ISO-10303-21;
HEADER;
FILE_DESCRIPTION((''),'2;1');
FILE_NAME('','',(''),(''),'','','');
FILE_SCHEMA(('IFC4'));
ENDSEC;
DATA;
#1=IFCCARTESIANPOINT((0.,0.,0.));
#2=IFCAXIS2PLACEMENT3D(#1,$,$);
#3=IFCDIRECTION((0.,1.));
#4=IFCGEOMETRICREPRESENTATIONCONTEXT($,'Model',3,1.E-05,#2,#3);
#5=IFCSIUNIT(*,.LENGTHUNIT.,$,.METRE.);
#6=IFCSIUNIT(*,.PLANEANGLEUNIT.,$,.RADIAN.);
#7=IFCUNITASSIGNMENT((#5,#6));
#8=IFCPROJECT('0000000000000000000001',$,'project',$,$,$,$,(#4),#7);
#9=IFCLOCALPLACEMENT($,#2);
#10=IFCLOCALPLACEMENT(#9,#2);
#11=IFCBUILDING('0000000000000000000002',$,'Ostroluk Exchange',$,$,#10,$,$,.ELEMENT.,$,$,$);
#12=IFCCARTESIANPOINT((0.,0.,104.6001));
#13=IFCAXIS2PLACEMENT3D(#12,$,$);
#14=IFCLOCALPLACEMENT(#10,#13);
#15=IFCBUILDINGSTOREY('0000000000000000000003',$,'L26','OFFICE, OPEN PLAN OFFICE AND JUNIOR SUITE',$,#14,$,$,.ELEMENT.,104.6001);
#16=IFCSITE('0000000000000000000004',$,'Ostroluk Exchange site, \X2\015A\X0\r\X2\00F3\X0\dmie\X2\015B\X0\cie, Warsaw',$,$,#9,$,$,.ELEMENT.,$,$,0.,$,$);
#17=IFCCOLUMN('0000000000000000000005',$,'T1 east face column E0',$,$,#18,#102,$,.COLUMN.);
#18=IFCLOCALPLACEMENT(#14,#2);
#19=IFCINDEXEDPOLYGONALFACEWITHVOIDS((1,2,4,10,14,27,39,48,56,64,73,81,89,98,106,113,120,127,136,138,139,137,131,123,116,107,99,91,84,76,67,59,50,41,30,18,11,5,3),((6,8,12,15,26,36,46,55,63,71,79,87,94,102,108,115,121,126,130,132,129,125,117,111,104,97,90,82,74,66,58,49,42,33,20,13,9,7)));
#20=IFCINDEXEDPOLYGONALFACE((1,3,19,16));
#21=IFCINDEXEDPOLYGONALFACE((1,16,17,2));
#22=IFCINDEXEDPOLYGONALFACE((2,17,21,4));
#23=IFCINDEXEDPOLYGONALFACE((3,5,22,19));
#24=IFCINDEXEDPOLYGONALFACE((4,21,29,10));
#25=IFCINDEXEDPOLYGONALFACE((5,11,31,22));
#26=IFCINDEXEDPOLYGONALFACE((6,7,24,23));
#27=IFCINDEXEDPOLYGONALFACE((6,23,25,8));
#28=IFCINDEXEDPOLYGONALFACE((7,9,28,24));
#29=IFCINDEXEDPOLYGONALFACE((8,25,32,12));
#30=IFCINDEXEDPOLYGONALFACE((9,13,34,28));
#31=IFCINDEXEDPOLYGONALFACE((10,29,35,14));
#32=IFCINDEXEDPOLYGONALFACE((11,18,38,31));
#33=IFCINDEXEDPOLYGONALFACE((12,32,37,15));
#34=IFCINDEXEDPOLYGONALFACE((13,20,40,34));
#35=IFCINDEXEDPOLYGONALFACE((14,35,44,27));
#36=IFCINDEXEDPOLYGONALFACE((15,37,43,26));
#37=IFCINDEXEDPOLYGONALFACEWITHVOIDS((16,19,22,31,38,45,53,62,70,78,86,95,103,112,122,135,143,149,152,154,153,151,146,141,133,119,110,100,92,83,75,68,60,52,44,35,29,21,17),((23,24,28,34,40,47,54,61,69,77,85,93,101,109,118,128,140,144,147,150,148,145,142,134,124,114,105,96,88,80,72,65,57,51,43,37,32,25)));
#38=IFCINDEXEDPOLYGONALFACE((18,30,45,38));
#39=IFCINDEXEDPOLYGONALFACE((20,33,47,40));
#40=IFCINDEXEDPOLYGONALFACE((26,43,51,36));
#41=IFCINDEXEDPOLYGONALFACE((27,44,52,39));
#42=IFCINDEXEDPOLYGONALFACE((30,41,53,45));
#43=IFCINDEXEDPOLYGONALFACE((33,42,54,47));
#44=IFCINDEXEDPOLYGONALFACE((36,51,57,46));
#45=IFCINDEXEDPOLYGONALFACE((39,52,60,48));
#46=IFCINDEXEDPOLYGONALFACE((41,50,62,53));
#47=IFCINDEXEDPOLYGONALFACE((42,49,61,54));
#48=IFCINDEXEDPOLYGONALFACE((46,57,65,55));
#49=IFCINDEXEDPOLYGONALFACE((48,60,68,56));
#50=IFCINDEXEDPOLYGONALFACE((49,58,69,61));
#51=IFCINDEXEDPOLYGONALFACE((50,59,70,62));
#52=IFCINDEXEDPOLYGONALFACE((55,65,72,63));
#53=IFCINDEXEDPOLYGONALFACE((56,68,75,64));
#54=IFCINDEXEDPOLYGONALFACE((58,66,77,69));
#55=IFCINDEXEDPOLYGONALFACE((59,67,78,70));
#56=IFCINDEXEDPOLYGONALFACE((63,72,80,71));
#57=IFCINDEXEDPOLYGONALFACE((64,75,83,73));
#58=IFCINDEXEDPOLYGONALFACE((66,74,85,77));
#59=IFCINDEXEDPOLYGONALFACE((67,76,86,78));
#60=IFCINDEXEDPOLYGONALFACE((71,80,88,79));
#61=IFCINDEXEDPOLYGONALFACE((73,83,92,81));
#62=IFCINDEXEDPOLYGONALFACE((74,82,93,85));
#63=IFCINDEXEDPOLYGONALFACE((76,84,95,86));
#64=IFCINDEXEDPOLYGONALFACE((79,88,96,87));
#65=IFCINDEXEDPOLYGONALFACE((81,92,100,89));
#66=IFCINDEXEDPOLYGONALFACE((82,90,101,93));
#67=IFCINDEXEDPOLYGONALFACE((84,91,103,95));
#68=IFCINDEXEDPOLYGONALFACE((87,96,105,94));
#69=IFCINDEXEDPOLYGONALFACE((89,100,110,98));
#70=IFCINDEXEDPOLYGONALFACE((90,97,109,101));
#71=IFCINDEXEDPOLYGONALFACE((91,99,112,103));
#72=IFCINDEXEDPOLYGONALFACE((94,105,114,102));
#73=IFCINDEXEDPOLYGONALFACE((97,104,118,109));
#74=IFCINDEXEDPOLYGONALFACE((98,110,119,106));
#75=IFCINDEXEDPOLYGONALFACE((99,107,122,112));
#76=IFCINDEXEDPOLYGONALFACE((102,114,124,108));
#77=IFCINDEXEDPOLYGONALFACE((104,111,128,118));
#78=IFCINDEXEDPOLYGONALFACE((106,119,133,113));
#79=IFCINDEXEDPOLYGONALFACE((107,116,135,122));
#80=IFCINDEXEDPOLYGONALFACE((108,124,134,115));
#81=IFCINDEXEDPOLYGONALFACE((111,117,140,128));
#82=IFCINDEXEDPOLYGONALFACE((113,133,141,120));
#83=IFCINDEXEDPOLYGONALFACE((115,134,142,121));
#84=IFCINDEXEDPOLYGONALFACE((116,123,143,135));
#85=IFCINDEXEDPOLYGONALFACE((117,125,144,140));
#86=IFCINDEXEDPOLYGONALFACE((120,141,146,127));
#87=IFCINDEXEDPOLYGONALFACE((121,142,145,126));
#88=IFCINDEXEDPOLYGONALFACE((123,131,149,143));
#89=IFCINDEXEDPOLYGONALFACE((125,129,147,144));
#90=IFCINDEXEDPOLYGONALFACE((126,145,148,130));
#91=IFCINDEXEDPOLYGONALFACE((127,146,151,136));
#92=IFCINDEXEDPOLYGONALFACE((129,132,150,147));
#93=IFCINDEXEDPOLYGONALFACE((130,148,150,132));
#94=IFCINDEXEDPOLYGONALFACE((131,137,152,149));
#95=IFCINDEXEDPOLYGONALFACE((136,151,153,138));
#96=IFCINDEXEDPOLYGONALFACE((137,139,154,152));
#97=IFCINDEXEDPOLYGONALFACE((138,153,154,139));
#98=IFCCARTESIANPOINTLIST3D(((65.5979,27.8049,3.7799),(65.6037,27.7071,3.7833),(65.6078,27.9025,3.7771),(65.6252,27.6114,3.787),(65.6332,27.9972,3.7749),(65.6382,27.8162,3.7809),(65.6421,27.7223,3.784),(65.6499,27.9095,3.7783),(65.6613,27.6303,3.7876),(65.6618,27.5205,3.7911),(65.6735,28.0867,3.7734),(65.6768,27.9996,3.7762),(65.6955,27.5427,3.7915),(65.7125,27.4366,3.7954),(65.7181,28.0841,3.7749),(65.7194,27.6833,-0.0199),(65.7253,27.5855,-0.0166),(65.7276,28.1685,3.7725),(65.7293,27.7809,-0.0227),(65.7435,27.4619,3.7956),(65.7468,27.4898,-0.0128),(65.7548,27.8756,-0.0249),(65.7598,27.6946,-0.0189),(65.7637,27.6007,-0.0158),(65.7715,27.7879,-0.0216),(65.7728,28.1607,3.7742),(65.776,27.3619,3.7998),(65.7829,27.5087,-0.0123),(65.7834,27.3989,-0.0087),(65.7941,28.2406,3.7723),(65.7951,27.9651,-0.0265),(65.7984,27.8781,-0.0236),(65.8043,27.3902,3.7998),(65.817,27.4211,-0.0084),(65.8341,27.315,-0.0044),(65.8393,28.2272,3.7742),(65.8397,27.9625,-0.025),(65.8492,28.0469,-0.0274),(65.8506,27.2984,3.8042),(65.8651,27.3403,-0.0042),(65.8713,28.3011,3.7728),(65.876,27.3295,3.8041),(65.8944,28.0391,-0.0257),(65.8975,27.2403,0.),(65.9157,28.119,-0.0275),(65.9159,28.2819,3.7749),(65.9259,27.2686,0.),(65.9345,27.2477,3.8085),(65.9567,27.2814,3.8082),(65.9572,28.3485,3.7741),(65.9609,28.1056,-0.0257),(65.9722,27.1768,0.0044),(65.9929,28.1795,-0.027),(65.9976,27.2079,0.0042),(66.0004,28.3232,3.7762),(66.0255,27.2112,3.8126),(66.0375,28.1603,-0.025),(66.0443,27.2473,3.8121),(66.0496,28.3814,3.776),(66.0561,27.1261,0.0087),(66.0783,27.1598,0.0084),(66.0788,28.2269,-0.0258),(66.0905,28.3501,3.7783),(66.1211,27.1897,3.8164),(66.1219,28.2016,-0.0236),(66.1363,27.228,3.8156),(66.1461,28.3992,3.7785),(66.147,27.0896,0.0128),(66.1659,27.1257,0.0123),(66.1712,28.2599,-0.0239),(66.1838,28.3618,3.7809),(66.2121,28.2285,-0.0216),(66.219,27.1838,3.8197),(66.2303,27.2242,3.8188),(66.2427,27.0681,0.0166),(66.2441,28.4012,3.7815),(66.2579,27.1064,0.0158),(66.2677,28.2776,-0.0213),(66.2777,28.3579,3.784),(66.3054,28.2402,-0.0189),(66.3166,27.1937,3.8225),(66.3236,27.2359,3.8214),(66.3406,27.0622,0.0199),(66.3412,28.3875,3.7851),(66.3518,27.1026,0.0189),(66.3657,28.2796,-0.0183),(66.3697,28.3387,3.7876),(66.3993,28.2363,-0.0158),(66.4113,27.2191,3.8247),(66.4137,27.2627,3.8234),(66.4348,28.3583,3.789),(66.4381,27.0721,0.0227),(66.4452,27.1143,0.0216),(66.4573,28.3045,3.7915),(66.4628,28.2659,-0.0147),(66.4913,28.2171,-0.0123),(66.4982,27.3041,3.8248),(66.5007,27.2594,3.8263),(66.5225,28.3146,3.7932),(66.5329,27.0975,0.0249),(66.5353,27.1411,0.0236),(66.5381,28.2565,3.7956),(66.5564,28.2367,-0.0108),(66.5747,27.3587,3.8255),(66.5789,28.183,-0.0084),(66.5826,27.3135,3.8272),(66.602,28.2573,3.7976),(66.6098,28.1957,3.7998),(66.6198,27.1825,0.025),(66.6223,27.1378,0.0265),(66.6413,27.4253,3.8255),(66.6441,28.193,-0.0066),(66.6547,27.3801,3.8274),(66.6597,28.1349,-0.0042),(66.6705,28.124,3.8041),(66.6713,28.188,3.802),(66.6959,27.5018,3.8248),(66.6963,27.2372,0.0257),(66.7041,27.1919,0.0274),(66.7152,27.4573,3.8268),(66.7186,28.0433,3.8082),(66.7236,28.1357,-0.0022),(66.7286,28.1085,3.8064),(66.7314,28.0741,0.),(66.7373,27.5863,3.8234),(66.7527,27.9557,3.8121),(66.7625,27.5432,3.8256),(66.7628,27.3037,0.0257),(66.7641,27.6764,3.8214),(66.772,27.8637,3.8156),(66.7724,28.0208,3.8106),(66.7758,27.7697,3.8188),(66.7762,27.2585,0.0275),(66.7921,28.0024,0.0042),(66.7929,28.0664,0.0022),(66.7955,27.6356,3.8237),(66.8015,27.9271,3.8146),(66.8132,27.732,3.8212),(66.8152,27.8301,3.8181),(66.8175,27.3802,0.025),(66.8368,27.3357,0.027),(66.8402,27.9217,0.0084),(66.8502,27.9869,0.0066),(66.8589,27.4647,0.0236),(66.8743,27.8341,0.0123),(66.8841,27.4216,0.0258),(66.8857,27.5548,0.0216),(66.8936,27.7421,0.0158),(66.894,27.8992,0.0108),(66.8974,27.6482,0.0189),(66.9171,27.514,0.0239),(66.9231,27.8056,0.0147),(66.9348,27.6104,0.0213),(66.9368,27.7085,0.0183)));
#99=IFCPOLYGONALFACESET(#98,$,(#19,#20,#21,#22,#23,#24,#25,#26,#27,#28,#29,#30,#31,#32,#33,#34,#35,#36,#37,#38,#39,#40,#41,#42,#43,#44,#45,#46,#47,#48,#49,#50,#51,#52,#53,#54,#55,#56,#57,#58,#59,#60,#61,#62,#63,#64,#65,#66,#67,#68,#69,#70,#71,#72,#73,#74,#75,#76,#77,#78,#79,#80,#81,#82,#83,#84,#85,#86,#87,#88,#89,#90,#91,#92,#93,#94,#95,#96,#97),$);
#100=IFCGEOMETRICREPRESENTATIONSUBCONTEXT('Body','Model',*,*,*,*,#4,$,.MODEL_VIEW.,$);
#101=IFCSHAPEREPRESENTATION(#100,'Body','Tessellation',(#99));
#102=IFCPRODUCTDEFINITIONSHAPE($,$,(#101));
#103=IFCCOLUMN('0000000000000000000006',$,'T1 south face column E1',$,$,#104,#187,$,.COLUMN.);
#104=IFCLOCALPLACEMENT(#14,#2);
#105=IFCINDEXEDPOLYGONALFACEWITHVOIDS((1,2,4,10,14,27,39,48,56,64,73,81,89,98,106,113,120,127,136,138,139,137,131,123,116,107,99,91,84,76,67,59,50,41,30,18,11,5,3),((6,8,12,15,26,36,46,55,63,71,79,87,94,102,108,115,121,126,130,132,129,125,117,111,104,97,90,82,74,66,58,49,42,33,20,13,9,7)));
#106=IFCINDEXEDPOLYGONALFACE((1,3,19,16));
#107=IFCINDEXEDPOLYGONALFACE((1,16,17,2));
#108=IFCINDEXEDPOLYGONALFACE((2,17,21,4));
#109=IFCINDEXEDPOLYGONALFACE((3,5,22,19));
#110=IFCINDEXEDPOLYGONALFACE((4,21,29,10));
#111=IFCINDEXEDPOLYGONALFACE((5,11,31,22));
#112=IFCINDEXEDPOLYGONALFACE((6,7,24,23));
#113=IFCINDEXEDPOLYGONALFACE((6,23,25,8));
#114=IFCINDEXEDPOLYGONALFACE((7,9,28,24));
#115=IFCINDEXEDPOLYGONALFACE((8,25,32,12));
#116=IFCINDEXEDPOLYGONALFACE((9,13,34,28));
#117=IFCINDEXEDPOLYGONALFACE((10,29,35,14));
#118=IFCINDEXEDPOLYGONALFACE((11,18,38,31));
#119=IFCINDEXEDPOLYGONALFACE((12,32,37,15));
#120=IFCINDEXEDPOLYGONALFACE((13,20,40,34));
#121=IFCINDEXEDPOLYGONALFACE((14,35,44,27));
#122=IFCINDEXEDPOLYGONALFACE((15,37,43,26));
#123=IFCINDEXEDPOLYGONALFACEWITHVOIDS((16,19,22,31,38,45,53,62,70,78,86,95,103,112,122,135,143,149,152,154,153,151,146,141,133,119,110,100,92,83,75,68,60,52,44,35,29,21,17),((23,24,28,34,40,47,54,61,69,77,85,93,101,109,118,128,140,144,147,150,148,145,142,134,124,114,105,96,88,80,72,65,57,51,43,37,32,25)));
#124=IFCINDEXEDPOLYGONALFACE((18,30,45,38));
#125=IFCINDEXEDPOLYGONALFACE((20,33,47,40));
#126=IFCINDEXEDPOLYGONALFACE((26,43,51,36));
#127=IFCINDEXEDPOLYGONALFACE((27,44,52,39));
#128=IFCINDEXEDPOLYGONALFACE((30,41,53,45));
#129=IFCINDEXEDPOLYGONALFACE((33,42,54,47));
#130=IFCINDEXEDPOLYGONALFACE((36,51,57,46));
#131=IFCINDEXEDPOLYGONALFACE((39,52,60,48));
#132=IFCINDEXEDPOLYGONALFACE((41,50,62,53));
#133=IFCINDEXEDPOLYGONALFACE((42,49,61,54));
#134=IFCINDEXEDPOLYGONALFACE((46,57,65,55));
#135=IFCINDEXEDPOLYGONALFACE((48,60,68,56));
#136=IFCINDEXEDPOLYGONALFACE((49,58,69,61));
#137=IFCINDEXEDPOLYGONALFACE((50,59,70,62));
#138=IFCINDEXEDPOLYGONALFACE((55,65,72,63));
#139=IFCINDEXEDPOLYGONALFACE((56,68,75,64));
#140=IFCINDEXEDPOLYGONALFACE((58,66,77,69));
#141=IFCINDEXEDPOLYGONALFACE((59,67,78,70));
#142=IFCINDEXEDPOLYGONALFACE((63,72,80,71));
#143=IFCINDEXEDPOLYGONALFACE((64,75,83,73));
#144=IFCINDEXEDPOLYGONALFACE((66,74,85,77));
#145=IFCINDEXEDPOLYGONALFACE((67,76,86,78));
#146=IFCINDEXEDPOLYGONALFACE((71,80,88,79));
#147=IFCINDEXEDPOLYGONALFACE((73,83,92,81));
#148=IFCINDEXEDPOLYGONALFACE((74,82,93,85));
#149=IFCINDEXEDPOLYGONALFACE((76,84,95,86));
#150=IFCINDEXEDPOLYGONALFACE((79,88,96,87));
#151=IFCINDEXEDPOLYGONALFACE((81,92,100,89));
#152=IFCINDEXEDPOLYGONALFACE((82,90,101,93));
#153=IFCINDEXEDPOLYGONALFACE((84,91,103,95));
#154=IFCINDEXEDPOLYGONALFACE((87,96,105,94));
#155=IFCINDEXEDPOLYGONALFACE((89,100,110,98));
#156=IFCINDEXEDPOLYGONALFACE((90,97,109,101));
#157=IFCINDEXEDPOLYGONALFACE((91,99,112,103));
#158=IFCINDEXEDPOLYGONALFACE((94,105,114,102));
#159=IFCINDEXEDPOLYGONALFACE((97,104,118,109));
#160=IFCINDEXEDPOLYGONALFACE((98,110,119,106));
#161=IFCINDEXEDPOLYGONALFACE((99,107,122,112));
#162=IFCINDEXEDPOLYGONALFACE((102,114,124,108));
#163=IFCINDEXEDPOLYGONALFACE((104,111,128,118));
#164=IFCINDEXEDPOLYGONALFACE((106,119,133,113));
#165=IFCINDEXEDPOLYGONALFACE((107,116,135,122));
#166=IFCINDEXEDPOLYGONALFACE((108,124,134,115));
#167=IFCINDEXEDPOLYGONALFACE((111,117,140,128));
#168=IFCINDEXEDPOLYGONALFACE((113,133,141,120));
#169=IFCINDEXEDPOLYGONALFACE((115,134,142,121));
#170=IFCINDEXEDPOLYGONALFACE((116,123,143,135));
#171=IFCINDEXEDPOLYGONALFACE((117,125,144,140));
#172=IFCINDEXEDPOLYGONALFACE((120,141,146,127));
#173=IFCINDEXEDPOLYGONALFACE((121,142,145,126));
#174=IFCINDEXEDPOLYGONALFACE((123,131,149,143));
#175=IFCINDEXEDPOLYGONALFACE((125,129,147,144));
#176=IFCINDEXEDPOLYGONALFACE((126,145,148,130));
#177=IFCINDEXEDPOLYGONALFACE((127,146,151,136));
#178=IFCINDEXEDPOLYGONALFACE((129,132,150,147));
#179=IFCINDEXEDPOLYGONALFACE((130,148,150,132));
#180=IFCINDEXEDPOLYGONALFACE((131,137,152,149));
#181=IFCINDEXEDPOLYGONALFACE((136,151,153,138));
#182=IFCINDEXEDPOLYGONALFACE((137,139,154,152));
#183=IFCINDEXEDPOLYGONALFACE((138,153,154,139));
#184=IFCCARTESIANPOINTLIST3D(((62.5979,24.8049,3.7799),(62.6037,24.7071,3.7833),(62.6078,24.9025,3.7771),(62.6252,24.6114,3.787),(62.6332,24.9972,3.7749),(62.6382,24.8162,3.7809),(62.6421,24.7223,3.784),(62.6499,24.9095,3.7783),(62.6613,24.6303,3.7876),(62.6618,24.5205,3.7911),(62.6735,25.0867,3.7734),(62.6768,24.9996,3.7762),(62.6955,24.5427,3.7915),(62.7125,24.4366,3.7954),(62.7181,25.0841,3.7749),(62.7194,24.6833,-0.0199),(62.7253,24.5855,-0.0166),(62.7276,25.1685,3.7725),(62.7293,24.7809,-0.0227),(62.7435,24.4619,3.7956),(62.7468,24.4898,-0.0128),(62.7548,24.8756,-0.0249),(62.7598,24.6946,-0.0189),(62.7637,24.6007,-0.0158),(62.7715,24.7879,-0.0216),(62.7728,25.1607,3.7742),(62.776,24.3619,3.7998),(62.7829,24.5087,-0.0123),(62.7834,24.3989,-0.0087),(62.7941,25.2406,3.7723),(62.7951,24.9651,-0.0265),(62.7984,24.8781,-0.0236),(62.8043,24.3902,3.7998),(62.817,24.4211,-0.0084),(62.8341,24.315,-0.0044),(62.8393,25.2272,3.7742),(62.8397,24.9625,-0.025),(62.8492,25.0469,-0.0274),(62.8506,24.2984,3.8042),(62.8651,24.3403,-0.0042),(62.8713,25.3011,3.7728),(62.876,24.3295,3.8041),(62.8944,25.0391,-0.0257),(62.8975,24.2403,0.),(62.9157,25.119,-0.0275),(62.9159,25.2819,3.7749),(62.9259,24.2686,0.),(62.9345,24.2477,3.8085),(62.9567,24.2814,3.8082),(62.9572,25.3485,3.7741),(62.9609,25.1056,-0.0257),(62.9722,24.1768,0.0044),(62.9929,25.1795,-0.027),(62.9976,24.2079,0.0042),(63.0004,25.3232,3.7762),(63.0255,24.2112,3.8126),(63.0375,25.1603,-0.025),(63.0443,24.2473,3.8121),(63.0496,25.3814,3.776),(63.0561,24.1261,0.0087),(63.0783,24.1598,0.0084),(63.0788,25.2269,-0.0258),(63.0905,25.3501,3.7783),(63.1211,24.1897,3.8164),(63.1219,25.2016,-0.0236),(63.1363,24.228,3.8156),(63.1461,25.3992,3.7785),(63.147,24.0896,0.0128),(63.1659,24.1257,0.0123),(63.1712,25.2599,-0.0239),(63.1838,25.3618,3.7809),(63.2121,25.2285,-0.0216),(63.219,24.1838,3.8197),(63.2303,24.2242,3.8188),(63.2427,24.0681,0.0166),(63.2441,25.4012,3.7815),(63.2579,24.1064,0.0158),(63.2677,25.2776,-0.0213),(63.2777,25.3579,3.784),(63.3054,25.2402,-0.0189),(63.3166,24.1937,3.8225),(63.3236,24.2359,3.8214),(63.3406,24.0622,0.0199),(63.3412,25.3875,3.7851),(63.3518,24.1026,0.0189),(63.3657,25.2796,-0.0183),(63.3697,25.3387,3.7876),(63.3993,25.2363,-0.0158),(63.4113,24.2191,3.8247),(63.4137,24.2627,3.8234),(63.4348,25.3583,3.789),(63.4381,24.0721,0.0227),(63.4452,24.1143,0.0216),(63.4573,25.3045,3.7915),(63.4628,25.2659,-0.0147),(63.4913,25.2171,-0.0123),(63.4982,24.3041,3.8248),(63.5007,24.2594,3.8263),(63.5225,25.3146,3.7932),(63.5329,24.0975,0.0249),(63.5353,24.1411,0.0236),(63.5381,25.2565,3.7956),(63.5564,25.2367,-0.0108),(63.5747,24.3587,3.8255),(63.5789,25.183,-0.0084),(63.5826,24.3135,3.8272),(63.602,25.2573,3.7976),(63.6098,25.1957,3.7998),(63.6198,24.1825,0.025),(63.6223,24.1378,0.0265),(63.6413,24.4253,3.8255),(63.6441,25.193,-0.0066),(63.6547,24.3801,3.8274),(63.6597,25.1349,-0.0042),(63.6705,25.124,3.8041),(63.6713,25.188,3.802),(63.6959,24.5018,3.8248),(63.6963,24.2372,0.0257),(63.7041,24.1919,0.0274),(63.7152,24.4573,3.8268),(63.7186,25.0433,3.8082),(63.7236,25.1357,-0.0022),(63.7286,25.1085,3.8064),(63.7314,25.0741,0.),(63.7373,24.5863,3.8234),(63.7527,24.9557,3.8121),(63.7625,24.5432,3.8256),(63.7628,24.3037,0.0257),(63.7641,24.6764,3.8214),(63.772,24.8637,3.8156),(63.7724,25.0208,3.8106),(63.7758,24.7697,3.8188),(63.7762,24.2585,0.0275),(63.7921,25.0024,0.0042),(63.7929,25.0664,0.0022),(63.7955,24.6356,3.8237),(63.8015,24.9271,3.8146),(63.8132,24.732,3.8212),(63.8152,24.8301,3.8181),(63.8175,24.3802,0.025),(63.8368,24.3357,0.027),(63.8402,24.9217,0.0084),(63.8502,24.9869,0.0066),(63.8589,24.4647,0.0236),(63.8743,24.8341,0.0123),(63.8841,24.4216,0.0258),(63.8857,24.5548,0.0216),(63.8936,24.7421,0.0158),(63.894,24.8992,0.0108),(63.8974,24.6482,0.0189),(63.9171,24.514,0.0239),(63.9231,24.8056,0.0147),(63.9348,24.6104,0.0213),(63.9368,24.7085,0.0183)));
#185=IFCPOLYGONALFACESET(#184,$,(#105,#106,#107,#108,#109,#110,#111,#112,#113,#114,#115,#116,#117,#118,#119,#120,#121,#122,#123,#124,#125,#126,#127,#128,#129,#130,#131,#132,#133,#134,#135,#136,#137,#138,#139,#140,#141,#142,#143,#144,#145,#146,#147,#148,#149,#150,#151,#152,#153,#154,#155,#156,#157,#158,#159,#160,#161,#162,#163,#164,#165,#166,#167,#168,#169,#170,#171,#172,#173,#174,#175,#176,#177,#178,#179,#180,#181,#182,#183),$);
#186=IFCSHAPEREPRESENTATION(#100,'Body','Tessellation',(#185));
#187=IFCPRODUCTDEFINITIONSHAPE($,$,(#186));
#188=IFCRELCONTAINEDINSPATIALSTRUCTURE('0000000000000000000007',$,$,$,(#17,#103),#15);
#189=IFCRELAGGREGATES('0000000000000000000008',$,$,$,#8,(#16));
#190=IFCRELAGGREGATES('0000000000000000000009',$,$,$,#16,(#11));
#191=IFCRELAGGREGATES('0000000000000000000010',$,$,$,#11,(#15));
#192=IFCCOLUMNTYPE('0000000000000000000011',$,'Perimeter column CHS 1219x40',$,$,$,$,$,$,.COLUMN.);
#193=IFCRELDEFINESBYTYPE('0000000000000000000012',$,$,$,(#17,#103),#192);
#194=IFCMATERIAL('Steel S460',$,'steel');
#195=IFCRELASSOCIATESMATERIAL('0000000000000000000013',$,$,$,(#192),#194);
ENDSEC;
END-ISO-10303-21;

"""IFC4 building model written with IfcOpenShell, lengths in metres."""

from ifc_helpers import new_model, si_unit, direction, frame, origin, origin_2d, place, context, subcontext, project, spatial, hollow_circle, extrude, material, material_profile, profile_set, type_object, element, save


model = new_model("IFC4")

# Units and contexts
model_context = context("Model", 3, precision=1e-05, world=origin(), true_north=direction((0.0, 1.0)))
body_context = subcontext(model_context, "Body", "Model", "MODEL_VIEW")
ifc_project = project(units=[si_unit("LENGTHUNIT", "METRE"), si_unit("PLANEANGLEUNIT", "RADIAN")], contexts=[model_context])

# Site, building, storey
site_placement = place(None, origin())
site = spatial("IfcSite", under=ifc_project, at=site_placement, Name="Ostroluk Exchange site, Śródmieście, Warsaw", CompositionType="ELEMENT", RefElevation=0.0)
building_placement = place(site_placement, origin())
building = spatial("IfcBuilding", under=site, at=building_placement, Name="Ostroluk Exchange", CompositionType="ELEMENT")
storey_placement = place(building_placement, frame((0.0, 0.0, 104.6001)))
storey = spatial("IfcBuildingStorey", under=building, at=storey_placement, Name="L26", Description="OFFICE, OPEN PLAN OFFICE AND JUNIOR SUITE", CompositionType="ELEMENT", Elevation=104.6001)

# Columns
ifc_material_1 = material(Name="Steel S460", Category="steel")
ifc_material_profile_1 = material_profile(ifc_material_1, hollow_circle(Radius=0.6096, WallThickness=0.04, at=origin_2d()), Name="CHS 1219x40")
ifc_profile_set_1 = profile_set([ifc_material_profile_1], Name="Steel S460")
column_type = type_object("IfcColumnType", Name="Perimeter column CHS 1219x40", PredefinedType="COLUMN", material=ifc_profile_set_1)
for number, where, z_axis, x_axis, name in (
    (1, (66.3286, 27.6714, 0.0), (-0.031964, 0.031964, 0.998978), (-0.707107, -0.707107, 0.0), "T1 east face column E0"),
    (2, (63.3286, 24.6714, 0.0), (-0.031964, 0.031964, 0.998978), (-0.707107, -0.707107, 0.0), "T1 south face column E1"),
):
    element("IfcColumn", number, at=place(storey_placement, frame(where, z_axis=z_axis, x_axis=x_axis)), inside=storey, type_object=column_type, Name=name, PredefinedType="COLUMN", context=body_context, shape_type="SweptSolid", body=[
        extrude(hollow_circle(Radius=0.6096, WallThickness=0.04, at=origin_2d()), origin(), (0.0, 0.0, 1.0), 3.8037),
    ])

save(model, "model.ifc")
